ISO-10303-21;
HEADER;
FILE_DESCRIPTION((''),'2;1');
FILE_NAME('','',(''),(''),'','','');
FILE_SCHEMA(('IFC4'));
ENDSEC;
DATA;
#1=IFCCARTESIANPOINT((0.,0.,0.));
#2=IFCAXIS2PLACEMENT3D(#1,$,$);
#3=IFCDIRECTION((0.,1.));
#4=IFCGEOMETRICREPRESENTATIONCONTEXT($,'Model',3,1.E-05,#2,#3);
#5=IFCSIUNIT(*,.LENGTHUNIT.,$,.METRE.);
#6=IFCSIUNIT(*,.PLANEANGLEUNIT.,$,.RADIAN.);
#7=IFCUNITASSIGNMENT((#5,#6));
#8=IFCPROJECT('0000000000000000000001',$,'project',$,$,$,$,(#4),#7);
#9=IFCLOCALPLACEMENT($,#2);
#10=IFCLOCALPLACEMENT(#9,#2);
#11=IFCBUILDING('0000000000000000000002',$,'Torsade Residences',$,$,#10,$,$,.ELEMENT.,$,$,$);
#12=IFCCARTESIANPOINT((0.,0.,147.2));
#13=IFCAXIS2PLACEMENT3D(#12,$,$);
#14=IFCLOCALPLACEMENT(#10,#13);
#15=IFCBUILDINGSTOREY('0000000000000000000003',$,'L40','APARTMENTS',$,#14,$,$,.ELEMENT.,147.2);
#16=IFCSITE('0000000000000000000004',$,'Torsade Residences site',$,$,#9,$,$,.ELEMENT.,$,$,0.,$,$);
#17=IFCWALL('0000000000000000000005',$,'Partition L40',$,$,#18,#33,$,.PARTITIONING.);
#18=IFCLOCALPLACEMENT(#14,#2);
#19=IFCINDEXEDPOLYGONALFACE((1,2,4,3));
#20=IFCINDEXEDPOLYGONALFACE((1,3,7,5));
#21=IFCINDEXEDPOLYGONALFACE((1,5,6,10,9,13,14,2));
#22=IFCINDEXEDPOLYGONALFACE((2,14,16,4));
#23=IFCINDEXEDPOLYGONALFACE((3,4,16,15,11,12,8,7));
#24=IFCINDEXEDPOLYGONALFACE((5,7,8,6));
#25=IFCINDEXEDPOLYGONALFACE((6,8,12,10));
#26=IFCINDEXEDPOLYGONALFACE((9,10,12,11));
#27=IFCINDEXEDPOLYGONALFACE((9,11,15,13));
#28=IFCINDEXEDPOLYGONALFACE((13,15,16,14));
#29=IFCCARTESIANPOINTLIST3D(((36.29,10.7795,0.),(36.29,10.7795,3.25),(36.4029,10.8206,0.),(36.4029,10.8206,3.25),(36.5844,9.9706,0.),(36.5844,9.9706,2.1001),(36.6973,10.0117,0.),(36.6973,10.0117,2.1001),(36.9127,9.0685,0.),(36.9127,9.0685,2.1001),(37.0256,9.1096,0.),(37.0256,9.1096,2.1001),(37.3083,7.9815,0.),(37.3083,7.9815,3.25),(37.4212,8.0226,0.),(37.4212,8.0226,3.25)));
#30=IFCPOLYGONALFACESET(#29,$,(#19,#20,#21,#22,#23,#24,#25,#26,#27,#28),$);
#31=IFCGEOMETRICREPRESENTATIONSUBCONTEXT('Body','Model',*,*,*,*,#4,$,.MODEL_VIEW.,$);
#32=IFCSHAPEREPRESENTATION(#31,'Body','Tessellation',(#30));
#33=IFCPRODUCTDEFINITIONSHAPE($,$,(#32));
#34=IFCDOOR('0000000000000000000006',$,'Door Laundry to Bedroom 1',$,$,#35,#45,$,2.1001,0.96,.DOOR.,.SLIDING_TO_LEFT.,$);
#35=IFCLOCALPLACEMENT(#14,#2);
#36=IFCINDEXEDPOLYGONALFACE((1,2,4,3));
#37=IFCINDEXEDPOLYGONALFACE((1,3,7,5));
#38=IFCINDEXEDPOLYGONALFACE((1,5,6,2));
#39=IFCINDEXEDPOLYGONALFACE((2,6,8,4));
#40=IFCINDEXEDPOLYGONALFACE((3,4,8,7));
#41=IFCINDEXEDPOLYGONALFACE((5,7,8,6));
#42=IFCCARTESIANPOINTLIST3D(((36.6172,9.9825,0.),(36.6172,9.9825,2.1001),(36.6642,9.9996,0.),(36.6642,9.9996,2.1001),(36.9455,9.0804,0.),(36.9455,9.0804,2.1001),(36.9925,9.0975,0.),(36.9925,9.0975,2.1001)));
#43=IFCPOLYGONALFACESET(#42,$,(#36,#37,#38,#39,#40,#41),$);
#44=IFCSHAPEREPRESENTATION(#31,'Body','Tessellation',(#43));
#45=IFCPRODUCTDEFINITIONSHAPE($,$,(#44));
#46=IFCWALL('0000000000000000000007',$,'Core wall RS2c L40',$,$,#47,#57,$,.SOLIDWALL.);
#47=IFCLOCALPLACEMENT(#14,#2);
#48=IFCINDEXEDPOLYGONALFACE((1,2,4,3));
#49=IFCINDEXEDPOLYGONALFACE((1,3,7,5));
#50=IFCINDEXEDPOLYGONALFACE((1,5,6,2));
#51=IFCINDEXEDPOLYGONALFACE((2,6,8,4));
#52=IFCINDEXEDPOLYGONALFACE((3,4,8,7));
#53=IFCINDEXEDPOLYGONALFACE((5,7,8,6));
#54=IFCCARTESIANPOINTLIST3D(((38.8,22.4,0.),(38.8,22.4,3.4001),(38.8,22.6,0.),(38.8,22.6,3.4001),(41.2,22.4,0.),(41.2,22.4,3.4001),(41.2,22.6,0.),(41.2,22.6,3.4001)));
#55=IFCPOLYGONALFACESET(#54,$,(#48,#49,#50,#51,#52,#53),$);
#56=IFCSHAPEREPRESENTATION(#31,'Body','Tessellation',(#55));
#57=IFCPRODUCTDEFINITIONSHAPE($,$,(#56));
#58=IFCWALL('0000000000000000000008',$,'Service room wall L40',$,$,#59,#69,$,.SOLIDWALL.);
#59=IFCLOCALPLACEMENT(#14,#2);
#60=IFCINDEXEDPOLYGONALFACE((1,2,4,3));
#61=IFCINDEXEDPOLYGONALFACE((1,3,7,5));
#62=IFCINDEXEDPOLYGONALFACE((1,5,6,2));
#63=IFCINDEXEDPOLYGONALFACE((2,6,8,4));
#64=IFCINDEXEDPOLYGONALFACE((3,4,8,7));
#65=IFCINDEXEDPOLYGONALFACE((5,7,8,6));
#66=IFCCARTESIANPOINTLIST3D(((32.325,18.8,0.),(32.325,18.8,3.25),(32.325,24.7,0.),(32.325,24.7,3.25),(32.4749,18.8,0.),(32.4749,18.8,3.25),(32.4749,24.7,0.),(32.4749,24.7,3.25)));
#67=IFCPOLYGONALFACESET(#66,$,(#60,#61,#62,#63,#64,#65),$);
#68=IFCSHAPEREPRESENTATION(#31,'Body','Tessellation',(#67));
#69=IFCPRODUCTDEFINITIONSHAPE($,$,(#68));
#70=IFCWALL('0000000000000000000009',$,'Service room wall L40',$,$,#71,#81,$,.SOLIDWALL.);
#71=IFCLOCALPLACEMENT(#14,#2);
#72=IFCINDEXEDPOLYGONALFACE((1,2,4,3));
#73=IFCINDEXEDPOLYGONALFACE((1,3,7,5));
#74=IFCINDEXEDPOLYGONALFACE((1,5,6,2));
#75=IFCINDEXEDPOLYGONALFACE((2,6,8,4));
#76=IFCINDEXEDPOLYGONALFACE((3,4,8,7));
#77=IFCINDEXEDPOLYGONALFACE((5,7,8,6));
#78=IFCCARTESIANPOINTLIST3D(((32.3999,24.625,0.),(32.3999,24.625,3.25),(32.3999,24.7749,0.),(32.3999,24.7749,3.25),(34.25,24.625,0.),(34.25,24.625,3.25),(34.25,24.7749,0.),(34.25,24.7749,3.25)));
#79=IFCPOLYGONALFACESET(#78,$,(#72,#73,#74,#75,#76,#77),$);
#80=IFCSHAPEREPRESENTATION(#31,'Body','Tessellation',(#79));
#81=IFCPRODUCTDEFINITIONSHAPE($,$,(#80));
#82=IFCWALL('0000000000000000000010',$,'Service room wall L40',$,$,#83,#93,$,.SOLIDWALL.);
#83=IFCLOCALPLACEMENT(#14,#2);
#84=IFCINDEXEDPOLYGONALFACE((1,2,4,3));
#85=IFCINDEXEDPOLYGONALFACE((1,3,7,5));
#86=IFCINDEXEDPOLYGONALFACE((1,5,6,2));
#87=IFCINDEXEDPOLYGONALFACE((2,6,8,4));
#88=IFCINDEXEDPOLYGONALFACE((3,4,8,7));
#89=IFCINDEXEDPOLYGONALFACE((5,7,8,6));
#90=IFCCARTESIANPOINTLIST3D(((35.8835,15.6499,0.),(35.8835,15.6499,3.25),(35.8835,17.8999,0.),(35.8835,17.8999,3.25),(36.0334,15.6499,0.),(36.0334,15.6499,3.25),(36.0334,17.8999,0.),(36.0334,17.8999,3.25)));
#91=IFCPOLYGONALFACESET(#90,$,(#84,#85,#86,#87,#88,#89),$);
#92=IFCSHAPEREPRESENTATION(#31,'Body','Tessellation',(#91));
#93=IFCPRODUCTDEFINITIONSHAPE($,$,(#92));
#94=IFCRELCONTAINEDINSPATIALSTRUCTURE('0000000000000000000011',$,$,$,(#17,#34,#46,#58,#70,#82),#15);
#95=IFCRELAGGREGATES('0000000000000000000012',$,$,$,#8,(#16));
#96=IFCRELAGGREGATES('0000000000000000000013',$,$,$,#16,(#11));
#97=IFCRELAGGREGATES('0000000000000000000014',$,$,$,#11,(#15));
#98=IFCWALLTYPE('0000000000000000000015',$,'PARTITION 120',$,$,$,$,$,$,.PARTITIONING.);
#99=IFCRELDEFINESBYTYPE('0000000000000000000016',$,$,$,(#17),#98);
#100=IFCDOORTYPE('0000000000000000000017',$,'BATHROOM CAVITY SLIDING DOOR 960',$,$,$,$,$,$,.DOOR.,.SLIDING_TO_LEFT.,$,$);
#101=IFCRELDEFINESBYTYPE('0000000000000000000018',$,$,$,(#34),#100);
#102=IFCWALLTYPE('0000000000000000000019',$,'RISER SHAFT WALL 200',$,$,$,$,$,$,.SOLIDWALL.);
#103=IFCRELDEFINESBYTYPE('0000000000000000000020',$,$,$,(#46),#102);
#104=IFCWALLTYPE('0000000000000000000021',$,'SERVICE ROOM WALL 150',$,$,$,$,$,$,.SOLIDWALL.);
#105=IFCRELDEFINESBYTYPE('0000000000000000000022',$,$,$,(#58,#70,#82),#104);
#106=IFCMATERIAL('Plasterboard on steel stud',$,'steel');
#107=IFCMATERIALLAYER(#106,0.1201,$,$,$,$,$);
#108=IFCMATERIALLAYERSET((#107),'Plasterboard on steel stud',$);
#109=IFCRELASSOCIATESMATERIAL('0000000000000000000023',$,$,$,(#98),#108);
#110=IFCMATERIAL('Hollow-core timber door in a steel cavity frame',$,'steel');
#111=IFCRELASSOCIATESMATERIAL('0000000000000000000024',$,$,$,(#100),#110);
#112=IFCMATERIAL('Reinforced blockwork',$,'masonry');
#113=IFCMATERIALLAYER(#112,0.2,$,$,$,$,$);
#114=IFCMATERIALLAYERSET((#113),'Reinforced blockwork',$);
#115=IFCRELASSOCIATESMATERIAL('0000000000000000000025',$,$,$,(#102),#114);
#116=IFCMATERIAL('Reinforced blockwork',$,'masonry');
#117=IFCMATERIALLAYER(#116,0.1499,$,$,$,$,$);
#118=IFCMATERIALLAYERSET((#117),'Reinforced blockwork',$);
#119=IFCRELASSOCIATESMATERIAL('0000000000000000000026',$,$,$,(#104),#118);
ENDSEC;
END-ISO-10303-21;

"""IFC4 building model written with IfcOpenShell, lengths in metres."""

from ifc_helpers import new_model, si_unit, direction, frame, frame_2d, origin, place, context, subcontext, project, spatial, rectangle, extrude, material, layer, layer_set, type_object, element, fill, save


model = new_model("IFC4")

# Units and contexts
model_context = context("Model", 3, precision=1e-05, world=origin(), true_north=direction((0.0, 1.0)))
body_context = subcontext(model_context, "Body", "Model", "MODEL_VIEW")
ifc_project = project(units=[si_unit("LENGTHUNIT", "METRE"), si_unit("PLANEANGLEUNIT", "RADIAN")], contexts=[model_context])

# Site, building, storey
site_placement = place(None, origin())
site = spatial("IfcSite", under=ifc_project, at=site_placement, Name="Torsade Residences site", CompositionType="ELEMENT", RefElevation=0.0)
building_placement = place(site_placement, origin())
building = spatial("IfcBuilding", under=site, at=building_placement, Name="Torsade Residences", CompositionType="ELEMENT")
storey_placement = place(building_placement, frame((0.0, 0.0, 147.2)))
storey = spatial("IfcBuildingStorey", under=building, at=storey_placement, Name="L40", Description="APARTMENTS", CompositionType="ELEMENT", Elevation=147.2)

# Wall, opening, door
ifc_material_1 = material(Name="Plasterboard on steel stud", Category="steel")
ifc_layer_1 = layer(ifc_material_1, 0.1201)
ifc_layer_set_1 = layer_set([ifc_layer_1], Name="Plasterboard on steel stud")
wall_type_1 = type_object("IfcWallType", Name="PARTITION 120", PredefinedType="PARTITIONING", material=ifc_layer_set_1)
ifc_material_2 = material(Name="Hollow-core timber door in a steel cavity frame", Category="steel")
door_type_1 = type_object("IfcDoorType", Name="BATHROOM CAVITY SLIDING DOOR 960", OperationType="SLIDING_TO_LEFT", PredefinedType="DOOR", material=ifc_material_2)
wall_1_placement = place(storey_placement, frame((36.3464, 10.8, 0.0), z_axis=(0.0, 0.0, 1.0), x_axis=(0.341987, -0.939705, 0.0)))
wall_1 = element("IfcWall", 1, at=wall_1_placement, inside=storey, type_object=wall_type_1, Name="Partition L40", PredefinedType="PARTITIONING", context=body_context, shape_type="SweptSolid", body=[
    extrude(rectangle(XDim=2.9775, YDim=0.1201, at=frame_2d((1.4888, 0.0))), origin(), (0.0, 0.0, 1.0), 3.25),
])
opening_1_placement = place(wall_1_placement, frame((0.8608, 0.0, 0.0)))
opening_1 = element("IfcOpeningElement", 2, at=opening_1_placement, cuts=wall_1, PredefinedType="OPENING", context=body_context, shape_type="SweptSolid", body=[
    extrude(rectangle(XDim=0.96, YDim=2.1001, at=frame_2d((0.48, 1.05))), frame((0.0, 0.0701, 0.0), z_axis=(0.0, -1.0, 0.0), x_axis=(1.0, 0.0, 0.0)), (0.0, 0.0, 1.0), 0.1401),
])
door_1_placement = place(opening_1_placement, origin())
door_1 = element("IfcDoor", 3, at=door_1_placement, inside=storey, type_object=door_type_1, Name="Door Laundry to Bedroom 1", OperationType="SLIDING_TO_LEFT", OverallHeight=2.1001, OverallWidth=0.96, PredefinedType="DOOR", context=body_context, shape_type="SweptSolid", body=[
    extrude(rectangle(XDim=0.96, YDim=2.1001, at=frame_2d((0.48, 1.05))), frame((0.0, 0.0249, 0.0), z_axis=(0.0, -1.0, 0.0), x_axis=(1.0, 0.0, 0.0)), (0.0, 0.0, 1.0), 0.05),
])
fill(opening_1, door_1)

# Walls
ifc_material_3 = material(Name="Reinforced blockwork", Category="masonry")
ifc_layer_2 = layer(ifc_material_3, 0.2)
ifc_layer_set_2 = layer_set([ifc_layer_2], Name="Reinforced blockwork")
wall_type_2 = type_object("IfcWallType", Name="RISER SHAFT WALL 200", PredefinedType="SOLIDWALL", material=ifc_layer_set_2)
wall_2_placement = place(storey_placement, frame((38.8, 22.5, 0.0), z_axis=(0.0, 0.0, 1.0), x_axis=(1.0, 0.0, 0.0)))
element("IfcWall", 4, at=wall_2_placement, inside=storey, type_object=wall_type_2, Name="Core wall RS2c L40", PredefinedType="SOLIDWALL", context=body_context, shape_type="SweptSolid", body=[
    extrude(rectangle(XDim=2.3999, YDim=0.2, at=frame_2d((1.2, 0.0))), origin(), (0.0, 0.0, 1.0), 3.4001),
])
ifc_material_4 = material(Name="Reinforced blockwork", Category="masonry")
ifc_layer_3 = layer(ifc_material_4, 0.1499)
ifc_layer_set_3 = layer_set([ifc_layer_3], Name="Reinforced blockwork")
wall_type_3 = type_object("IfcWallType", Name="SERVICE ROOM WALL 150", PredefinedType="SOLIDWALL", material=ifc_layer_set_3)
wall_3_placement = place(storey_placement, frame((32.3999, 18.8, 0.0), z_axis=(0.0, 0.0, 1.0), x_axis=(0.0, 1.0, 0.0)))
element("IfcWall", 5, at=wall_3_placement, inside=storey, type_object=wall_type_3, Name="Service room wall L40", PredefinedType="SOLIDWALL", context=body_context, shape_type="SweptSolid", body=[
    extrude(rectangle(XDim=5.8999, YDim=0.1499, at=frame_2d((2.95, 0.0))), origin(), (0.0, 0.0, 1.0), 3.25),
])
wall_4_placement = place(storey_placement, frame((32.3999, 24.7, 0.0), z_axis=(0.0, 0.0, 1.0), x_axis=(1.0, 0.0, 0.0)))
element("IfcWall", 6, at=wall_4_placement, inside=storey, type_object=wall_type_3, Name="Service room wall L40", PredefinedType="SOLIDWALL", context=body_context, shape_type="SweptSolid", body=[
    extrude(rectangle(XDim=1.8501, YDim=0.1499, at=frame_2d((0.925, 0.0))), origin(), (0.0, 0.0, 1.0), 3.25),
])
wall_5_placement = place(storey_placement, frame((35.9585, 15.6499, 0.0), z_axis=(0.0, 0.0, 1.0), x_axis=(0.0, 1.0, 0.0)))
element("IfcWall", 7, at=wall_5_placement, inside=storey, type_object=wall_type_3, Name="Service room wall L40", PredefinedType="SOLIDWALL", context=body_context, shape_type="SweptSolid", body=[
    extrude(rectangle(XDim=2.25, YDim=0.1499, at=frame_2d((1.125, 0.0))), origin(), (0.0, 0.0, 1.0), 3.25),
])

save(model, "model.ifc")
